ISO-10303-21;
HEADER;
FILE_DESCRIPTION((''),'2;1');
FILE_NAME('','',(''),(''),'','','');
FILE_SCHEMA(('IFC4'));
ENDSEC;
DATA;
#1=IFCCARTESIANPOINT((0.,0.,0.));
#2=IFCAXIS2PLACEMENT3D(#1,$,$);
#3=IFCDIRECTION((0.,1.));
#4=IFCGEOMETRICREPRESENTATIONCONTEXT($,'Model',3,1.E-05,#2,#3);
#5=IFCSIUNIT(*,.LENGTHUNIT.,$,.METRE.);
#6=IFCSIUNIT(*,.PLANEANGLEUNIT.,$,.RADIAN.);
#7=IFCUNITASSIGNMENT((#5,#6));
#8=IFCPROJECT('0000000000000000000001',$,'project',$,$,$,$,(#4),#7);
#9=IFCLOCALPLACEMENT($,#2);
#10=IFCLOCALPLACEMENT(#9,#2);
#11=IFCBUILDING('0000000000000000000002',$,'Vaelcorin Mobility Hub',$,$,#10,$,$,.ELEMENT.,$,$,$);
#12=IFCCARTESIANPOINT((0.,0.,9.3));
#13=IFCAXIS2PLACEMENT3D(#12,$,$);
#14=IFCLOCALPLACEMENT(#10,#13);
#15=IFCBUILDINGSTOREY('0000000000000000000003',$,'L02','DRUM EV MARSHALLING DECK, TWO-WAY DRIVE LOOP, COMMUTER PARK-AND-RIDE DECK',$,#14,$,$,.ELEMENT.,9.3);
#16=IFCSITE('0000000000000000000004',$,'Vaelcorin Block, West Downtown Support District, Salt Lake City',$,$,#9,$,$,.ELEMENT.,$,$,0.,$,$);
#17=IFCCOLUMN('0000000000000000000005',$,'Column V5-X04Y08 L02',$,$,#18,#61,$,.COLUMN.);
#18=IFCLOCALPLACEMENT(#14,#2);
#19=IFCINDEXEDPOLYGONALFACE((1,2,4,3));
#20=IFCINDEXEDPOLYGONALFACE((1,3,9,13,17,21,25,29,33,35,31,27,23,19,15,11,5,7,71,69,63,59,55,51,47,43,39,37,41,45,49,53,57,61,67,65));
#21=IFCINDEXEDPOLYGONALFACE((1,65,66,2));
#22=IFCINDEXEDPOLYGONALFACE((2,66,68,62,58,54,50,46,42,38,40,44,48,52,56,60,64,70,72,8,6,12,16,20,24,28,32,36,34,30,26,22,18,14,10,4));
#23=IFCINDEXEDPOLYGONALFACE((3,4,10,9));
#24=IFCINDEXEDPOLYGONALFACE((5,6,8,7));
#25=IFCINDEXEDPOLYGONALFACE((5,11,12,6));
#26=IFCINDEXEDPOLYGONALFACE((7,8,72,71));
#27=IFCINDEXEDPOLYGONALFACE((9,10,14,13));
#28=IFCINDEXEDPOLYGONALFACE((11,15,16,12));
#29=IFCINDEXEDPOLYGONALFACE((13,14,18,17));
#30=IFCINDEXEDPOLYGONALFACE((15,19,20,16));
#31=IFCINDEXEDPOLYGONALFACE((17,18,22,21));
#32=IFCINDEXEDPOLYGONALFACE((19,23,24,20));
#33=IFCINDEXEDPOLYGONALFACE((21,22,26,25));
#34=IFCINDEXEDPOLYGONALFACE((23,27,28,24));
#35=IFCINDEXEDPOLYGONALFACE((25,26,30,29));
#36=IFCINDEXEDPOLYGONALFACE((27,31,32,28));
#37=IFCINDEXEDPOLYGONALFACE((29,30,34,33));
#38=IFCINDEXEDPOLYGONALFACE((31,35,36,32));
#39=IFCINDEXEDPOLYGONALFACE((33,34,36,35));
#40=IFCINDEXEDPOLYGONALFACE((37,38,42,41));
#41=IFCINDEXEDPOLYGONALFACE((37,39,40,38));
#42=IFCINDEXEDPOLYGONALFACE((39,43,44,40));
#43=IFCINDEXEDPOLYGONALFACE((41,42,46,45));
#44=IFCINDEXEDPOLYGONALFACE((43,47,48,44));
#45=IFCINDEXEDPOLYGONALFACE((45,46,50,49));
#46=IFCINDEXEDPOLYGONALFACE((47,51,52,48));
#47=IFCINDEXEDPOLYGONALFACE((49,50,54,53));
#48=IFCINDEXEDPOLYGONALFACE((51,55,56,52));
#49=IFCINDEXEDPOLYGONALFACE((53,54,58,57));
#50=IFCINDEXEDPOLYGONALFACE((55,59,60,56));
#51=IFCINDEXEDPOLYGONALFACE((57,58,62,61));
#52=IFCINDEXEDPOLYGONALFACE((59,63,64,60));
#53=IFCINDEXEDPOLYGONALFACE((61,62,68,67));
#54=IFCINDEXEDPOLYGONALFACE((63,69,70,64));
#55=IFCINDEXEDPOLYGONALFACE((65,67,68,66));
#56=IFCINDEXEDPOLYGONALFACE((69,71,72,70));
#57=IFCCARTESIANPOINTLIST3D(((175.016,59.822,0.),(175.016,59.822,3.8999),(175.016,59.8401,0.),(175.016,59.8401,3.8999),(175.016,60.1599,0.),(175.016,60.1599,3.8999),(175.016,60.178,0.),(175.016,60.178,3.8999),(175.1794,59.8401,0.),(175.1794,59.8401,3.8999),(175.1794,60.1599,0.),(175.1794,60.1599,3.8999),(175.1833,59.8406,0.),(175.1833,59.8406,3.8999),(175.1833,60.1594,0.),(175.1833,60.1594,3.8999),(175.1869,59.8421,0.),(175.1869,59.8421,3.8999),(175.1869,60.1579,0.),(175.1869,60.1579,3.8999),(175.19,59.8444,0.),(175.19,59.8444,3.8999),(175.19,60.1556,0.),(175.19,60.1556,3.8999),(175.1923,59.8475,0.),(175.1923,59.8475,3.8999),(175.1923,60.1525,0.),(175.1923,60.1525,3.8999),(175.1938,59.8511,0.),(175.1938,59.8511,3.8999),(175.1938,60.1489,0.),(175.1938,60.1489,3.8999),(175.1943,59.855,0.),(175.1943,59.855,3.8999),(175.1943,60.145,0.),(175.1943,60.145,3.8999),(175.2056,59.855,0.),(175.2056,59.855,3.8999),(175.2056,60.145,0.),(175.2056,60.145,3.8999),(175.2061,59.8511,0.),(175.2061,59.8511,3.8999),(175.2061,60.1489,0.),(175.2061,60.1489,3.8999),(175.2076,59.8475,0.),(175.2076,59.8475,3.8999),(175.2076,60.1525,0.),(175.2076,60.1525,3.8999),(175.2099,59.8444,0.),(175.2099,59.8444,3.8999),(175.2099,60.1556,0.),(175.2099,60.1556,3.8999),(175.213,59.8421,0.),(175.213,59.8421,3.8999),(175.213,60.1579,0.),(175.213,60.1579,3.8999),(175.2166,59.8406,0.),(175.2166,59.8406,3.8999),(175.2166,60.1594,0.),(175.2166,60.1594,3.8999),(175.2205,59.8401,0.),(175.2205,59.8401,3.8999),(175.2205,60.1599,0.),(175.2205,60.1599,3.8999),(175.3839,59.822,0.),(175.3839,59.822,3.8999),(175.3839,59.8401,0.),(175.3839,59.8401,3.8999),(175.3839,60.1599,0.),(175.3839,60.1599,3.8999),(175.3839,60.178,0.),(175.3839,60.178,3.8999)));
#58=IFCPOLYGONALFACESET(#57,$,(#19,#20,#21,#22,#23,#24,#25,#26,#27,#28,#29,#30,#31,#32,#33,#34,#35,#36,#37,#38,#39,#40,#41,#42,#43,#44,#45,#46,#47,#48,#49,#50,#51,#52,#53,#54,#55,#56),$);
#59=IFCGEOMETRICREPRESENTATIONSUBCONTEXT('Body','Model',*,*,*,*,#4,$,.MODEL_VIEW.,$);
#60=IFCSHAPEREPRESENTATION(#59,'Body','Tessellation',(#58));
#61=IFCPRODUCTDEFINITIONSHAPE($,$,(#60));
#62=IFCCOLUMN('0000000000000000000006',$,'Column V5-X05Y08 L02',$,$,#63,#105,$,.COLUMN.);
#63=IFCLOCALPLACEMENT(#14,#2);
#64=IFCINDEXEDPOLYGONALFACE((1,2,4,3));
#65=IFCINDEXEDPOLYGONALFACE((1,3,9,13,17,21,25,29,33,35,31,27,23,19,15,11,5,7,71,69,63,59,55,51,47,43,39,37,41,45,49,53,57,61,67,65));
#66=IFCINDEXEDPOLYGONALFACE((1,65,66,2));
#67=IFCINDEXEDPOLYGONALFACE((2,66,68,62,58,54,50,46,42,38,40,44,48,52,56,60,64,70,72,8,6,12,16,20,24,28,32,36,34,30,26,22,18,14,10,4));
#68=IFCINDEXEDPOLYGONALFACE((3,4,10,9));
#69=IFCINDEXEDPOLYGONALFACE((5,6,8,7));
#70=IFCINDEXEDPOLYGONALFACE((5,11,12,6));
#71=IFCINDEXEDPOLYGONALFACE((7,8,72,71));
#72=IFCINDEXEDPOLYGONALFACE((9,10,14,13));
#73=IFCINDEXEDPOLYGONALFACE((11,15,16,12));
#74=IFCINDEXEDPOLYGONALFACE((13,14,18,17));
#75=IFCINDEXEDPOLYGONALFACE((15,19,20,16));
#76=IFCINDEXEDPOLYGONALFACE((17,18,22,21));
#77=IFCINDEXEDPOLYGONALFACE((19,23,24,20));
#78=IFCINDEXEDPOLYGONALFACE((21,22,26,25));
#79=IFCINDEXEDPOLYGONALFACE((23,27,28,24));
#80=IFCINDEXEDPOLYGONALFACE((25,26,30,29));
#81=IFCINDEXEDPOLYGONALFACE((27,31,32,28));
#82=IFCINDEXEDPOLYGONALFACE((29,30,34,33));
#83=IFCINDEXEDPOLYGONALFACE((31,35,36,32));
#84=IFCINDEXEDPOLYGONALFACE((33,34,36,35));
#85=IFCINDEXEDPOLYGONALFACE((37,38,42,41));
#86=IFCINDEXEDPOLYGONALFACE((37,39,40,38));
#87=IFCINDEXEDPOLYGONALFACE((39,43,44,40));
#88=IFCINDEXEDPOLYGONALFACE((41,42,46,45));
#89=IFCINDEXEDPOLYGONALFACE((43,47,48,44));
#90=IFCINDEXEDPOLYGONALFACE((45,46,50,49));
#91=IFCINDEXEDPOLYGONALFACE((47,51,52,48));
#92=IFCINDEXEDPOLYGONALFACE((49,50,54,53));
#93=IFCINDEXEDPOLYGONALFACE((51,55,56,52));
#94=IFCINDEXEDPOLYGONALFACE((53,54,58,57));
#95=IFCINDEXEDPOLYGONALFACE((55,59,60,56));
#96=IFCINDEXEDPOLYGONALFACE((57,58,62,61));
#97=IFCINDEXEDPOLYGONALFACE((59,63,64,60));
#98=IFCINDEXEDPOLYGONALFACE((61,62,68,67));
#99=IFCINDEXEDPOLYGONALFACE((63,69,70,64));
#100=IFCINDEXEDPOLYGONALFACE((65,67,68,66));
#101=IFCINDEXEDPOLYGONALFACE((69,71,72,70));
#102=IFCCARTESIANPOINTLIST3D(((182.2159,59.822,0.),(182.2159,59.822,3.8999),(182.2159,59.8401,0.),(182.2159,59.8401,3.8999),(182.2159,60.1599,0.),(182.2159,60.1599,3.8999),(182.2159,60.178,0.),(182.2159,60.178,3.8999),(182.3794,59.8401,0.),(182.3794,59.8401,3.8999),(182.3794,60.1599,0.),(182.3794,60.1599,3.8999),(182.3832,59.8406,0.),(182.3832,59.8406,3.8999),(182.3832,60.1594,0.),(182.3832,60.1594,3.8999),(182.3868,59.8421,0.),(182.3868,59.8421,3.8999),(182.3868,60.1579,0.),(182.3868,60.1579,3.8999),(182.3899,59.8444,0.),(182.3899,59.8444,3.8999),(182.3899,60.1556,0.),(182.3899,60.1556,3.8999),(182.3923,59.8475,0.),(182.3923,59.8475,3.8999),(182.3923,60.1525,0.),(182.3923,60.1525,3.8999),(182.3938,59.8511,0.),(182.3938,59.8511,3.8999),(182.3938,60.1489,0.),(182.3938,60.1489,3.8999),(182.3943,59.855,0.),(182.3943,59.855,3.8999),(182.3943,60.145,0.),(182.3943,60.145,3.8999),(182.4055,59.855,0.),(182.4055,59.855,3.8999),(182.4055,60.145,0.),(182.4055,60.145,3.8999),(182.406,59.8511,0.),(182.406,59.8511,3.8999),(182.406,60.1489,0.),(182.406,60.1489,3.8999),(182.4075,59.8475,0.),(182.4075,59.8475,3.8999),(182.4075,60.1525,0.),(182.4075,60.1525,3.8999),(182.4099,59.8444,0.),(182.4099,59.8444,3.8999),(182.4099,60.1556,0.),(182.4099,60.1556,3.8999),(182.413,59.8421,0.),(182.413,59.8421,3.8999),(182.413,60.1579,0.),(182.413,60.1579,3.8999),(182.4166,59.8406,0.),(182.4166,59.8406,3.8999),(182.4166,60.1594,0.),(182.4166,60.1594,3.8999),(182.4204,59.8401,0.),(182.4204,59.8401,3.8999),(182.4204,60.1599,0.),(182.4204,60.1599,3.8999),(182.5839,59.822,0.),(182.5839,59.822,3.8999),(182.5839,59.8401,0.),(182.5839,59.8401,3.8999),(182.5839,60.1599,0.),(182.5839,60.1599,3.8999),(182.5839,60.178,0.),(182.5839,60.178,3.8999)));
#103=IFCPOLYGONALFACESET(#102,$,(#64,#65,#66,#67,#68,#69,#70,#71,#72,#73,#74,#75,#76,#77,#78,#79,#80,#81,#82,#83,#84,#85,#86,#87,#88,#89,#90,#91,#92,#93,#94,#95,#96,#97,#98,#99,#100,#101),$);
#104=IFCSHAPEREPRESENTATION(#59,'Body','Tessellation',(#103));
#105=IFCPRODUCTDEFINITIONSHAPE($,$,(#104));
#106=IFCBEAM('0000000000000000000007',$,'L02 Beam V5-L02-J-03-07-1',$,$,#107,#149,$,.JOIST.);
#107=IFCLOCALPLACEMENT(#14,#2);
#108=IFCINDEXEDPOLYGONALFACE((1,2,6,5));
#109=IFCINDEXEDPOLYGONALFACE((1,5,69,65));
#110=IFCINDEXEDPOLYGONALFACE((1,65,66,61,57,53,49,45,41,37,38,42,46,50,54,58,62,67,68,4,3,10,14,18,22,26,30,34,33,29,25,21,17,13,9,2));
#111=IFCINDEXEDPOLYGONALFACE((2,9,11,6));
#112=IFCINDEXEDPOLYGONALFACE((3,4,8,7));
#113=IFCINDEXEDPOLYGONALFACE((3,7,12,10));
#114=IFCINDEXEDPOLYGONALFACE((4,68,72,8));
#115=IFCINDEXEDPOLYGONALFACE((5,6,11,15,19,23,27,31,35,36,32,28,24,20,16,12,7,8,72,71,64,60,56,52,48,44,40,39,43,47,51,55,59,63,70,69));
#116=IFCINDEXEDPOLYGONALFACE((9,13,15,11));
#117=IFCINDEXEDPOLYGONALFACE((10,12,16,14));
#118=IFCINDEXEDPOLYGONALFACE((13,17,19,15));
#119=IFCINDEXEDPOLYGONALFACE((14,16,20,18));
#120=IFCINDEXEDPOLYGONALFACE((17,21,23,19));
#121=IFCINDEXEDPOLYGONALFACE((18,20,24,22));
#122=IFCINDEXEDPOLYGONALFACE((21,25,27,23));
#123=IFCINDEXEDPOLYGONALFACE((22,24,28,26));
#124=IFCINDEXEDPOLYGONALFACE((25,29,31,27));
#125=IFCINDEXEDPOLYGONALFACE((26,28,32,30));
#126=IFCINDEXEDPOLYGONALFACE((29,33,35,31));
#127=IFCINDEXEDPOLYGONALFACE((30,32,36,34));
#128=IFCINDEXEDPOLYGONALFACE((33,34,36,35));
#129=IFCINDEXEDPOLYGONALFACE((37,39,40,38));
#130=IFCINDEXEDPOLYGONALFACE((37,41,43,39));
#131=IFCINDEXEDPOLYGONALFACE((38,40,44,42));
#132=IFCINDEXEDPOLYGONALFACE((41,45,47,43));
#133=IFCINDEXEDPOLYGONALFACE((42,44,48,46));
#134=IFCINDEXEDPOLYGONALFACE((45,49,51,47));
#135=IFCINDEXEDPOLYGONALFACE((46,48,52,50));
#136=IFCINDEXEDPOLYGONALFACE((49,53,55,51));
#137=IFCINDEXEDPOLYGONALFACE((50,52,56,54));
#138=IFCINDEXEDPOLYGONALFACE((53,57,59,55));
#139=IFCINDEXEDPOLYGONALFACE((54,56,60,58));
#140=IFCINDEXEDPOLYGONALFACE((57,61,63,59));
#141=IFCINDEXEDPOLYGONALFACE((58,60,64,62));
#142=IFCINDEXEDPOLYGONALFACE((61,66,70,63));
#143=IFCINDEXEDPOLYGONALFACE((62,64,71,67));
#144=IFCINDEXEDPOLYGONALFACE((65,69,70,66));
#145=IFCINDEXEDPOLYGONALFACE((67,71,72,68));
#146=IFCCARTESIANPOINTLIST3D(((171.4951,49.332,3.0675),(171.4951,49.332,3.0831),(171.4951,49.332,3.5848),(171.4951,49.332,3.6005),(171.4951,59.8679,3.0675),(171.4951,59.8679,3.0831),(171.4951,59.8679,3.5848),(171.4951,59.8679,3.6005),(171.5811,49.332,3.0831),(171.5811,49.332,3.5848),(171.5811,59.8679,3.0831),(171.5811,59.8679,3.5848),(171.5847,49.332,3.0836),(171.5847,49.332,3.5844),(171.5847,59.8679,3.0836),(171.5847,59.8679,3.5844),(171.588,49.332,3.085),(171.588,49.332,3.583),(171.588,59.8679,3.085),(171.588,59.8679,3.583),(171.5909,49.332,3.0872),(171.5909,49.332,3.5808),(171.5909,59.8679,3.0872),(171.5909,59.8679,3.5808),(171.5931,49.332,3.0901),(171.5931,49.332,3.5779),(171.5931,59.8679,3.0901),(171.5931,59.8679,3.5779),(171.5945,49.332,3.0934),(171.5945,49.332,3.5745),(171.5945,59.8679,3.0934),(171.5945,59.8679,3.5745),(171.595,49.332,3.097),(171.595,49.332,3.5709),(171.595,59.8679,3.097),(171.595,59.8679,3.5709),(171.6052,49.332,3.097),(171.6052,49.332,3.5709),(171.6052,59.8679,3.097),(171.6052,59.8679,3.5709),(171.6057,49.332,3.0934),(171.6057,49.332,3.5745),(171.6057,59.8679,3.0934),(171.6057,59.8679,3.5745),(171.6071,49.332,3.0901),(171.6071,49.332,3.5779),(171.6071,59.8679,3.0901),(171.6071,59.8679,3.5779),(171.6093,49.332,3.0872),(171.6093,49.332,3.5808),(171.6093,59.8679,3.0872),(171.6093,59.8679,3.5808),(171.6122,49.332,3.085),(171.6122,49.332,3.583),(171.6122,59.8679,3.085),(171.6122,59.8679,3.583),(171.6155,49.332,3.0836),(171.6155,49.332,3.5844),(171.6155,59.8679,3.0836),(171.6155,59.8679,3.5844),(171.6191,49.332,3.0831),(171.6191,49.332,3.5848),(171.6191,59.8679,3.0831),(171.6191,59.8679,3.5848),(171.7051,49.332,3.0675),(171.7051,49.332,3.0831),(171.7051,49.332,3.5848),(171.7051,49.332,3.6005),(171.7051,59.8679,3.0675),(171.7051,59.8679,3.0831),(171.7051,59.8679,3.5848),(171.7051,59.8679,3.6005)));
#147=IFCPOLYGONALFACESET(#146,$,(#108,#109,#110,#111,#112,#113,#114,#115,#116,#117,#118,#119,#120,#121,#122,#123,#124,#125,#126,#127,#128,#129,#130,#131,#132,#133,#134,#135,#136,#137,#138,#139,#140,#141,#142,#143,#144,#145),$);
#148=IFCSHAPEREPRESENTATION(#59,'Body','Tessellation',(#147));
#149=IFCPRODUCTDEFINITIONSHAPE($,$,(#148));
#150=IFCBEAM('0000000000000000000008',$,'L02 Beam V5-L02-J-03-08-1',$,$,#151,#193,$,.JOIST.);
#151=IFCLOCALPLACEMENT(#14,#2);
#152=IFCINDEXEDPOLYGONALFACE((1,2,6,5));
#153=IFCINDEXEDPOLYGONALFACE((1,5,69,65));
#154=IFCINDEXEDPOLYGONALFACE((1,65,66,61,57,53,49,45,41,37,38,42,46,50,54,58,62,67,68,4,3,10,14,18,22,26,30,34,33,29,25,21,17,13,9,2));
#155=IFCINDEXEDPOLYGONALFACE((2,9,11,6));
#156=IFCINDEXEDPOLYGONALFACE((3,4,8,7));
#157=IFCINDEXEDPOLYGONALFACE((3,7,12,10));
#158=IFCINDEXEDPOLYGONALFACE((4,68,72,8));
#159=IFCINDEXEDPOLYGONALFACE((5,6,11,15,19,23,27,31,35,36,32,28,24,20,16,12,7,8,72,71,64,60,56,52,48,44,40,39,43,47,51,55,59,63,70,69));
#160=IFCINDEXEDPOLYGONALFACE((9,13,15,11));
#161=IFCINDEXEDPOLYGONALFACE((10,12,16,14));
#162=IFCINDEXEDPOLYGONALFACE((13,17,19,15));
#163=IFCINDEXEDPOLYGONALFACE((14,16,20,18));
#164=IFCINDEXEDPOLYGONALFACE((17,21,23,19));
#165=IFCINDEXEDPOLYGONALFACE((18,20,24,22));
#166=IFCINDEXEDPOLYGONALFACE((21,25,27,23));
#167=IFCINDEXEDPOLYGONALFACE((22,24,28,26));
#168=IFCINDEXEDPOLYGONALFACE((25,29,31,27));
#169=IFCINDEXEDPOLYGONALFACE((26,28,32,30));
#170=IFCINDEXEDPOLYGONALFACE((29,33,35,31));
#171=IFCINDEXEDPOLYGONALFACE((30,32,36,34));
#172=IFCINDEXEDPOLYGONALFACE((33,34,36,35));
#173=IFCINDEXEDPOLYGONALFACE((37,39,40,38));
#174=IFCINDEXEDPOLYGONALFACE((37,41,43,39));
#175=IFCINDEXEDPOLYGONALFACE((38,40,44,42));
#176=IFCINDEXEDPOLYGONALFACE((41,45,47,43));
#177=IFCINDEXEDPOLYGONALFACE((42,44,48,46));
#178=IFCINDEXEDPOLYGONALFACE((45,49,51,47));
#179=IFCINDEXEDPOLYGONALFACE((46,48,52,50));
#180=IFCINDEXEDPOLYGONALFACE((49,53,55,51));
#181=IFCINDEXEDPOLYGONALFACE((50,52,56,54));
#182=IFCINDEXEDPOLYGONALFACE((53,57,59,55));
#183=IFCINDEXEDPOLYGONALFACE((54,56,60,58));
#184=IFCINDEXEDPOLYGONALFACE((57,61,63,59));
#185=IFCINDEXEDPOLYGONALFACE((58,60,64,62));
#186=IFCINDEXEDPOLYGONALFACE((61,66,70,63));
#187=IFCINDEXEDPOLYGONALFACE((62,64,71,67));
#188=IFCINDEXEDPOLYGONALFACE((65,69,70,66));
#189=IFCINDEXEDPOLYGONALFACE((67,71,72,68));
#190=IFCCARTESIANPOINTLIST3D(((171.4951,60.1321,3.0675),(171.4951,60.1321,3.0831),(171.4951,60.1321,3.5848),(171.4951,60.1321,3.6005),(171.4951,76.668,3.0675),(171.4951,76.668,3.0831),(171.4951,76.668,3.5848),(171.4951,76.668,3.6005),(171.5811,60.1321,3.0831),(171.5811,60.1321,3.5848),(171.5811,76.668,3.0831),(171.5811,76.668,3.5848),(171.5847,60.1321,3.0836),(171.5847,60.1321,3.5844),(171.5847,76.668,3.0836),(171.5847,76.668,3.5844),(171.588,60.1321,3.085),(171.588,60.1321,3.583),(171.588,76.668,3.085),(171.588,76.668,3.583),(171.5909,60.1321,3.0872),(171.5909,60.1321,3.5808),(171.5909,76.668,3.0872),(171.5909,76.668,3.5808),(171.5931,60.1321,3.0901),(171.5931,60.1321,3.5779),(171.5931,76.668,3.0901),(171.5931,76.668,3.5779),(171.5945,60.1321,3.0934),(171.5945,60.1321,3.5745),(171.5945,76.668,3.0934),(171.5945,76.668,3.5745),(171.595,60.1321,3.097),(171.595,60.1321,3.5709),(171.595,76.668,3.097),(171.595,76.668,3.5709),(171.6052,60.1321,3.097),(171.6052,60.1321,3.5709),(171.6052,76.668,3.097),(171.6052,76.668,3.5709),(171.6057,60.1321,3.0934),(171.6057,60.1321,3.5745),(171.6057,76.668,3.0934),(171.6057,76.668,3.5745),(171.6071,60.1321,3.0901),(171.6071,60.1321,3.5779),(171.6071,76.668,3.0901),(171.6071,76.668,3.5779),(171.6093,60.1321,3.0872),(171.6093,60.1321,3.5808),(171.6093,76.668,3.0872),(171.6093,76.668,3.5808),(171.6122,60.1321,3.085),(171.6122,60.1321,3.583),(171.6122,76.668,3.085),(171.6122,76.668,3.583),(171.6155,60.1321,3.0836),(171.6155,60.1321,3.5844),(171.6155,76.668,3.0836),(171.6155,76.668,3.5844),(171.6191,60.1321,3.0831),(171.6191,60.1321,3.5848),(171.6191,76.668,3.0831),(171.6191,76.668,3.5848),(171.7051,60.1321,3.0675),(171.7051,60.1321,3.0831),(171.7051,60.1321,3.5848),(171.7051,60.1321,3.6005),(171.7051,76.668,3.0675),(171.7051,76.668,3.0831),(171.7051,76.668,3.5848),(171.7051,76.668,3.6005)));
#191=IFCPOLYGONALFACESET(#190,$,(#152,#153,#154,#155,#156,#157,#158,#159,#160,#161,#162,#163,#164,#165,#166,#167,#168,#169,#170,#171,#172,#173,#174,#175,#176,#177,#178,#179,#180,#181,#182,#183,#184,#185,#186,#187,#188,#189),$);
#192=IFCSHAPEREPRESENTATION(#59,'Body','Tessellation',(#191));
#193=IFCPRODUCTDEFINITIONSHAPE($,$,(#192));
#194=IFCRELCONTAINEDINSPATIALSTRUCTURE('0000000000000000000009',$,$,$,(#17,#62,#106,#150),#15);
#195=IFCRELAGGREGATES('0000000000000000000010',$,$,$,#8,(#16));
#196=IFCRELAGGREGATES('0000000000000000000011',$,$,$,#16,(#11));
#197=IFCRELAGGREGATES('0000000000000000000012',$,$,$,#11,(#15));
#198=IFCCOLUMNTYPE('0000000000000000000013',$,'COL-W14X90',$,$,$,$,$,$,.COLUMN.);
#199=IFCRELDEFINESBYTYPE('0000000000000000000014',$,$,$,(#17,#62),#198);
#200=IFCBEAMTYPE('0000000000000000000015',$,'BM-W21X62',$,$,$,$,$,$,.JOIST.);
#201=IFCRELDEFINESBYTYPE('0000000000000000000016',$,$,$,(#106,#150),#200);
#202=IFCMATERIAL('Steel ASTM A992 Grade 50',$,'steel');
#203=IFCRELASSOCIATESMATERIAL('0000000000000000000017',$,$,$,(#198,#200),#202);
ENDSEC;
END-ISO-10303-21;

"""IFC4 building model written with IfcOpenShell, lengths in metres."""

from ifc_helpers import new_model, si_unit, direction, frame, origin, origin_2d, place, context, subcontext, project, spatial, i_section, extrude, material, material_profile, profile_set, type_object, element, save


model = new_model("IFC4")

# Units and contexts
model_context = context("Model", 3, precision=1e-05, world=origin(), true_north=direction((0.0, 1.0)))
body_context = subcontext(model_context, "Body", "Model", "MODEL_VIEW")
ifc_project = project(units=[si_unit("LENGTHUNIT", "METRE"), si_unit("PLANEANGLEUNIT", "RADIAN")], contexts=[model_context])

# Site, building, storey
site_placement = place(None, origin())
site = spatial("IfcSite", under=ifc_project, at=site_placement, Name="Vaelcorin Block, West Downtown Support District, Salt Lake City", CompositionType="ELEMENT", RefElevation=0.0)
building_placement = place(site_placement, origin())
building = spatial("IfcBuilding", under=site, at=building_placement, Name="Vaelcorin Mobility Hub", CompositionType="ELEMENT")
storey_placement = place(building_placement, frame((0.0, 0.0, 9.3)))
storey = spatial("IfcBuildingStorey", under=building, at=storey_placement, Name="L02", Description="DRUM EV MARSHALLING DECK, TWO-WAY DRIVE LOOP, COMMUTER PARK-AND-RIDE DECK", CompositionType="ELEMENT", Elevation=9.3)

# Columns
ifc_material_1 = material(Name="Steel ASTM A992 Grade 50", Category="steel")
ifc_material_profile_1 = material_profile(ifc_material_1, i_section(OverallWidth=0.3679, OverallDepth=0.356, WebThickness=0.0112, FlangeThickness=0.0181, FilletRadius=0.0149, at=origin_2d()), Name="W14X90")
ifc_profile_set_1 = profile_set([ifc_material_profile_1], Name="Steel ASTM A992 Grade 50")
column_type = type_object("IfcColumnType", Name="COL-W14X90", PredefinedType="COLUMN", material=ifc_profile_set_1)
for number, where, z_axis, x_axis, name in (
    (1, (175.2, 60.0, 0.0), (0.0, 0.0, 1.0), (1.0, 0.0, 0.0), "Column V5-X04Y08 L02"),
    (2, (182.3999, 60.0, 0.0), (0.0, 0.0, 1.0), (1.0, 0.0, 0.0), "Column V5-X05Y08 L02"),
):
    element("IfcColumn", number, at=place(storey_placement, frame(where, z_axis=z_axis, x_axis=x_axis)), inside=storey, type_object=column_type, Name=name, PredefinedType="COLUMN", context=body_context, shape_type="SweptSolid", body=[
        extrude(i_section(OverallWidth=0.3679, OverallDepth=0.356, WebThickness=0.0112, FlangeThickness=0.0181, FilletRadius=0.0149, at=origin_2d()), origin(), (0.0, 0.0, 1.0), 3.8999),
    ])

# Beams
ifc_material_profile_2 = material_profile(ifc_material_1, i_section(OverallWidth=0.21, OverallDepth=0.533, WebThickness=0.0103, FlangeThickness=0.0156, FilletRadius=0.0139, at=origin_2d()), Name="W21X62")
ifc_profile_set_2 = profile_set([ifc_material_profile_2], Name="Steel ASTM A992 Grade 50")
beam_type_1 = type_object("IfcBeamType", Name="BM-W21X62", PredefinedType="JOIST", material=ifc_profile_set_2)
beam_1_placement = place(storey_placement, frame((171.6001, 49.332, 3.334), z_axis=(0.0, 1.0, 0.0), x_axis=(-1.0, 0.0, 0.0)))
element("IfcBeam", 3, at=beam_1_placement, inside=storey, type_object=beam_type_1, Name="L02 Beam V5-L02-J-03-07-1", PredefinedType="JOIST", context=body_context, shape_type="SweptSolid", body=[
    extrude(i_section(OverallWidth=0.21, OverallDepth=0.533, WebThickness=0.0103, FlangeThickness=0.0156, FilletRadius=0.0139, at=origin_2d()), origin(), (0.0, 0.0, 1.0), 10.5359),
])
for number, where, z_axis, x_axis, name in (
    (4, (171.6001, 60.1321, 3.334), (0.0, 1.0, 0.0), (-1.0, 0.0, 0.0), "L02 Beam V5-L02-J-03-08-1"),
):
    element("IfcBeam", number, at=place(storey_placement, frame(where, z_axis=z_axis, x_axis=x_axis)), inside=storey, type_object=beam_type_1, Name=name, PredefinedType="JOIST", context=body_context, shape_type="SweptSolid", body=[
        extrude(i_section(OverallWidth=0.21, OverallDepth=0.533, WebThickness=0.0103, FlangeThickness=0.0156, FilletRadius=0.0139, at=origin_2d()), origin(), (0.0, 0.0, 1.0), 16.5359),
    ])

save(model, "model.ifc")
